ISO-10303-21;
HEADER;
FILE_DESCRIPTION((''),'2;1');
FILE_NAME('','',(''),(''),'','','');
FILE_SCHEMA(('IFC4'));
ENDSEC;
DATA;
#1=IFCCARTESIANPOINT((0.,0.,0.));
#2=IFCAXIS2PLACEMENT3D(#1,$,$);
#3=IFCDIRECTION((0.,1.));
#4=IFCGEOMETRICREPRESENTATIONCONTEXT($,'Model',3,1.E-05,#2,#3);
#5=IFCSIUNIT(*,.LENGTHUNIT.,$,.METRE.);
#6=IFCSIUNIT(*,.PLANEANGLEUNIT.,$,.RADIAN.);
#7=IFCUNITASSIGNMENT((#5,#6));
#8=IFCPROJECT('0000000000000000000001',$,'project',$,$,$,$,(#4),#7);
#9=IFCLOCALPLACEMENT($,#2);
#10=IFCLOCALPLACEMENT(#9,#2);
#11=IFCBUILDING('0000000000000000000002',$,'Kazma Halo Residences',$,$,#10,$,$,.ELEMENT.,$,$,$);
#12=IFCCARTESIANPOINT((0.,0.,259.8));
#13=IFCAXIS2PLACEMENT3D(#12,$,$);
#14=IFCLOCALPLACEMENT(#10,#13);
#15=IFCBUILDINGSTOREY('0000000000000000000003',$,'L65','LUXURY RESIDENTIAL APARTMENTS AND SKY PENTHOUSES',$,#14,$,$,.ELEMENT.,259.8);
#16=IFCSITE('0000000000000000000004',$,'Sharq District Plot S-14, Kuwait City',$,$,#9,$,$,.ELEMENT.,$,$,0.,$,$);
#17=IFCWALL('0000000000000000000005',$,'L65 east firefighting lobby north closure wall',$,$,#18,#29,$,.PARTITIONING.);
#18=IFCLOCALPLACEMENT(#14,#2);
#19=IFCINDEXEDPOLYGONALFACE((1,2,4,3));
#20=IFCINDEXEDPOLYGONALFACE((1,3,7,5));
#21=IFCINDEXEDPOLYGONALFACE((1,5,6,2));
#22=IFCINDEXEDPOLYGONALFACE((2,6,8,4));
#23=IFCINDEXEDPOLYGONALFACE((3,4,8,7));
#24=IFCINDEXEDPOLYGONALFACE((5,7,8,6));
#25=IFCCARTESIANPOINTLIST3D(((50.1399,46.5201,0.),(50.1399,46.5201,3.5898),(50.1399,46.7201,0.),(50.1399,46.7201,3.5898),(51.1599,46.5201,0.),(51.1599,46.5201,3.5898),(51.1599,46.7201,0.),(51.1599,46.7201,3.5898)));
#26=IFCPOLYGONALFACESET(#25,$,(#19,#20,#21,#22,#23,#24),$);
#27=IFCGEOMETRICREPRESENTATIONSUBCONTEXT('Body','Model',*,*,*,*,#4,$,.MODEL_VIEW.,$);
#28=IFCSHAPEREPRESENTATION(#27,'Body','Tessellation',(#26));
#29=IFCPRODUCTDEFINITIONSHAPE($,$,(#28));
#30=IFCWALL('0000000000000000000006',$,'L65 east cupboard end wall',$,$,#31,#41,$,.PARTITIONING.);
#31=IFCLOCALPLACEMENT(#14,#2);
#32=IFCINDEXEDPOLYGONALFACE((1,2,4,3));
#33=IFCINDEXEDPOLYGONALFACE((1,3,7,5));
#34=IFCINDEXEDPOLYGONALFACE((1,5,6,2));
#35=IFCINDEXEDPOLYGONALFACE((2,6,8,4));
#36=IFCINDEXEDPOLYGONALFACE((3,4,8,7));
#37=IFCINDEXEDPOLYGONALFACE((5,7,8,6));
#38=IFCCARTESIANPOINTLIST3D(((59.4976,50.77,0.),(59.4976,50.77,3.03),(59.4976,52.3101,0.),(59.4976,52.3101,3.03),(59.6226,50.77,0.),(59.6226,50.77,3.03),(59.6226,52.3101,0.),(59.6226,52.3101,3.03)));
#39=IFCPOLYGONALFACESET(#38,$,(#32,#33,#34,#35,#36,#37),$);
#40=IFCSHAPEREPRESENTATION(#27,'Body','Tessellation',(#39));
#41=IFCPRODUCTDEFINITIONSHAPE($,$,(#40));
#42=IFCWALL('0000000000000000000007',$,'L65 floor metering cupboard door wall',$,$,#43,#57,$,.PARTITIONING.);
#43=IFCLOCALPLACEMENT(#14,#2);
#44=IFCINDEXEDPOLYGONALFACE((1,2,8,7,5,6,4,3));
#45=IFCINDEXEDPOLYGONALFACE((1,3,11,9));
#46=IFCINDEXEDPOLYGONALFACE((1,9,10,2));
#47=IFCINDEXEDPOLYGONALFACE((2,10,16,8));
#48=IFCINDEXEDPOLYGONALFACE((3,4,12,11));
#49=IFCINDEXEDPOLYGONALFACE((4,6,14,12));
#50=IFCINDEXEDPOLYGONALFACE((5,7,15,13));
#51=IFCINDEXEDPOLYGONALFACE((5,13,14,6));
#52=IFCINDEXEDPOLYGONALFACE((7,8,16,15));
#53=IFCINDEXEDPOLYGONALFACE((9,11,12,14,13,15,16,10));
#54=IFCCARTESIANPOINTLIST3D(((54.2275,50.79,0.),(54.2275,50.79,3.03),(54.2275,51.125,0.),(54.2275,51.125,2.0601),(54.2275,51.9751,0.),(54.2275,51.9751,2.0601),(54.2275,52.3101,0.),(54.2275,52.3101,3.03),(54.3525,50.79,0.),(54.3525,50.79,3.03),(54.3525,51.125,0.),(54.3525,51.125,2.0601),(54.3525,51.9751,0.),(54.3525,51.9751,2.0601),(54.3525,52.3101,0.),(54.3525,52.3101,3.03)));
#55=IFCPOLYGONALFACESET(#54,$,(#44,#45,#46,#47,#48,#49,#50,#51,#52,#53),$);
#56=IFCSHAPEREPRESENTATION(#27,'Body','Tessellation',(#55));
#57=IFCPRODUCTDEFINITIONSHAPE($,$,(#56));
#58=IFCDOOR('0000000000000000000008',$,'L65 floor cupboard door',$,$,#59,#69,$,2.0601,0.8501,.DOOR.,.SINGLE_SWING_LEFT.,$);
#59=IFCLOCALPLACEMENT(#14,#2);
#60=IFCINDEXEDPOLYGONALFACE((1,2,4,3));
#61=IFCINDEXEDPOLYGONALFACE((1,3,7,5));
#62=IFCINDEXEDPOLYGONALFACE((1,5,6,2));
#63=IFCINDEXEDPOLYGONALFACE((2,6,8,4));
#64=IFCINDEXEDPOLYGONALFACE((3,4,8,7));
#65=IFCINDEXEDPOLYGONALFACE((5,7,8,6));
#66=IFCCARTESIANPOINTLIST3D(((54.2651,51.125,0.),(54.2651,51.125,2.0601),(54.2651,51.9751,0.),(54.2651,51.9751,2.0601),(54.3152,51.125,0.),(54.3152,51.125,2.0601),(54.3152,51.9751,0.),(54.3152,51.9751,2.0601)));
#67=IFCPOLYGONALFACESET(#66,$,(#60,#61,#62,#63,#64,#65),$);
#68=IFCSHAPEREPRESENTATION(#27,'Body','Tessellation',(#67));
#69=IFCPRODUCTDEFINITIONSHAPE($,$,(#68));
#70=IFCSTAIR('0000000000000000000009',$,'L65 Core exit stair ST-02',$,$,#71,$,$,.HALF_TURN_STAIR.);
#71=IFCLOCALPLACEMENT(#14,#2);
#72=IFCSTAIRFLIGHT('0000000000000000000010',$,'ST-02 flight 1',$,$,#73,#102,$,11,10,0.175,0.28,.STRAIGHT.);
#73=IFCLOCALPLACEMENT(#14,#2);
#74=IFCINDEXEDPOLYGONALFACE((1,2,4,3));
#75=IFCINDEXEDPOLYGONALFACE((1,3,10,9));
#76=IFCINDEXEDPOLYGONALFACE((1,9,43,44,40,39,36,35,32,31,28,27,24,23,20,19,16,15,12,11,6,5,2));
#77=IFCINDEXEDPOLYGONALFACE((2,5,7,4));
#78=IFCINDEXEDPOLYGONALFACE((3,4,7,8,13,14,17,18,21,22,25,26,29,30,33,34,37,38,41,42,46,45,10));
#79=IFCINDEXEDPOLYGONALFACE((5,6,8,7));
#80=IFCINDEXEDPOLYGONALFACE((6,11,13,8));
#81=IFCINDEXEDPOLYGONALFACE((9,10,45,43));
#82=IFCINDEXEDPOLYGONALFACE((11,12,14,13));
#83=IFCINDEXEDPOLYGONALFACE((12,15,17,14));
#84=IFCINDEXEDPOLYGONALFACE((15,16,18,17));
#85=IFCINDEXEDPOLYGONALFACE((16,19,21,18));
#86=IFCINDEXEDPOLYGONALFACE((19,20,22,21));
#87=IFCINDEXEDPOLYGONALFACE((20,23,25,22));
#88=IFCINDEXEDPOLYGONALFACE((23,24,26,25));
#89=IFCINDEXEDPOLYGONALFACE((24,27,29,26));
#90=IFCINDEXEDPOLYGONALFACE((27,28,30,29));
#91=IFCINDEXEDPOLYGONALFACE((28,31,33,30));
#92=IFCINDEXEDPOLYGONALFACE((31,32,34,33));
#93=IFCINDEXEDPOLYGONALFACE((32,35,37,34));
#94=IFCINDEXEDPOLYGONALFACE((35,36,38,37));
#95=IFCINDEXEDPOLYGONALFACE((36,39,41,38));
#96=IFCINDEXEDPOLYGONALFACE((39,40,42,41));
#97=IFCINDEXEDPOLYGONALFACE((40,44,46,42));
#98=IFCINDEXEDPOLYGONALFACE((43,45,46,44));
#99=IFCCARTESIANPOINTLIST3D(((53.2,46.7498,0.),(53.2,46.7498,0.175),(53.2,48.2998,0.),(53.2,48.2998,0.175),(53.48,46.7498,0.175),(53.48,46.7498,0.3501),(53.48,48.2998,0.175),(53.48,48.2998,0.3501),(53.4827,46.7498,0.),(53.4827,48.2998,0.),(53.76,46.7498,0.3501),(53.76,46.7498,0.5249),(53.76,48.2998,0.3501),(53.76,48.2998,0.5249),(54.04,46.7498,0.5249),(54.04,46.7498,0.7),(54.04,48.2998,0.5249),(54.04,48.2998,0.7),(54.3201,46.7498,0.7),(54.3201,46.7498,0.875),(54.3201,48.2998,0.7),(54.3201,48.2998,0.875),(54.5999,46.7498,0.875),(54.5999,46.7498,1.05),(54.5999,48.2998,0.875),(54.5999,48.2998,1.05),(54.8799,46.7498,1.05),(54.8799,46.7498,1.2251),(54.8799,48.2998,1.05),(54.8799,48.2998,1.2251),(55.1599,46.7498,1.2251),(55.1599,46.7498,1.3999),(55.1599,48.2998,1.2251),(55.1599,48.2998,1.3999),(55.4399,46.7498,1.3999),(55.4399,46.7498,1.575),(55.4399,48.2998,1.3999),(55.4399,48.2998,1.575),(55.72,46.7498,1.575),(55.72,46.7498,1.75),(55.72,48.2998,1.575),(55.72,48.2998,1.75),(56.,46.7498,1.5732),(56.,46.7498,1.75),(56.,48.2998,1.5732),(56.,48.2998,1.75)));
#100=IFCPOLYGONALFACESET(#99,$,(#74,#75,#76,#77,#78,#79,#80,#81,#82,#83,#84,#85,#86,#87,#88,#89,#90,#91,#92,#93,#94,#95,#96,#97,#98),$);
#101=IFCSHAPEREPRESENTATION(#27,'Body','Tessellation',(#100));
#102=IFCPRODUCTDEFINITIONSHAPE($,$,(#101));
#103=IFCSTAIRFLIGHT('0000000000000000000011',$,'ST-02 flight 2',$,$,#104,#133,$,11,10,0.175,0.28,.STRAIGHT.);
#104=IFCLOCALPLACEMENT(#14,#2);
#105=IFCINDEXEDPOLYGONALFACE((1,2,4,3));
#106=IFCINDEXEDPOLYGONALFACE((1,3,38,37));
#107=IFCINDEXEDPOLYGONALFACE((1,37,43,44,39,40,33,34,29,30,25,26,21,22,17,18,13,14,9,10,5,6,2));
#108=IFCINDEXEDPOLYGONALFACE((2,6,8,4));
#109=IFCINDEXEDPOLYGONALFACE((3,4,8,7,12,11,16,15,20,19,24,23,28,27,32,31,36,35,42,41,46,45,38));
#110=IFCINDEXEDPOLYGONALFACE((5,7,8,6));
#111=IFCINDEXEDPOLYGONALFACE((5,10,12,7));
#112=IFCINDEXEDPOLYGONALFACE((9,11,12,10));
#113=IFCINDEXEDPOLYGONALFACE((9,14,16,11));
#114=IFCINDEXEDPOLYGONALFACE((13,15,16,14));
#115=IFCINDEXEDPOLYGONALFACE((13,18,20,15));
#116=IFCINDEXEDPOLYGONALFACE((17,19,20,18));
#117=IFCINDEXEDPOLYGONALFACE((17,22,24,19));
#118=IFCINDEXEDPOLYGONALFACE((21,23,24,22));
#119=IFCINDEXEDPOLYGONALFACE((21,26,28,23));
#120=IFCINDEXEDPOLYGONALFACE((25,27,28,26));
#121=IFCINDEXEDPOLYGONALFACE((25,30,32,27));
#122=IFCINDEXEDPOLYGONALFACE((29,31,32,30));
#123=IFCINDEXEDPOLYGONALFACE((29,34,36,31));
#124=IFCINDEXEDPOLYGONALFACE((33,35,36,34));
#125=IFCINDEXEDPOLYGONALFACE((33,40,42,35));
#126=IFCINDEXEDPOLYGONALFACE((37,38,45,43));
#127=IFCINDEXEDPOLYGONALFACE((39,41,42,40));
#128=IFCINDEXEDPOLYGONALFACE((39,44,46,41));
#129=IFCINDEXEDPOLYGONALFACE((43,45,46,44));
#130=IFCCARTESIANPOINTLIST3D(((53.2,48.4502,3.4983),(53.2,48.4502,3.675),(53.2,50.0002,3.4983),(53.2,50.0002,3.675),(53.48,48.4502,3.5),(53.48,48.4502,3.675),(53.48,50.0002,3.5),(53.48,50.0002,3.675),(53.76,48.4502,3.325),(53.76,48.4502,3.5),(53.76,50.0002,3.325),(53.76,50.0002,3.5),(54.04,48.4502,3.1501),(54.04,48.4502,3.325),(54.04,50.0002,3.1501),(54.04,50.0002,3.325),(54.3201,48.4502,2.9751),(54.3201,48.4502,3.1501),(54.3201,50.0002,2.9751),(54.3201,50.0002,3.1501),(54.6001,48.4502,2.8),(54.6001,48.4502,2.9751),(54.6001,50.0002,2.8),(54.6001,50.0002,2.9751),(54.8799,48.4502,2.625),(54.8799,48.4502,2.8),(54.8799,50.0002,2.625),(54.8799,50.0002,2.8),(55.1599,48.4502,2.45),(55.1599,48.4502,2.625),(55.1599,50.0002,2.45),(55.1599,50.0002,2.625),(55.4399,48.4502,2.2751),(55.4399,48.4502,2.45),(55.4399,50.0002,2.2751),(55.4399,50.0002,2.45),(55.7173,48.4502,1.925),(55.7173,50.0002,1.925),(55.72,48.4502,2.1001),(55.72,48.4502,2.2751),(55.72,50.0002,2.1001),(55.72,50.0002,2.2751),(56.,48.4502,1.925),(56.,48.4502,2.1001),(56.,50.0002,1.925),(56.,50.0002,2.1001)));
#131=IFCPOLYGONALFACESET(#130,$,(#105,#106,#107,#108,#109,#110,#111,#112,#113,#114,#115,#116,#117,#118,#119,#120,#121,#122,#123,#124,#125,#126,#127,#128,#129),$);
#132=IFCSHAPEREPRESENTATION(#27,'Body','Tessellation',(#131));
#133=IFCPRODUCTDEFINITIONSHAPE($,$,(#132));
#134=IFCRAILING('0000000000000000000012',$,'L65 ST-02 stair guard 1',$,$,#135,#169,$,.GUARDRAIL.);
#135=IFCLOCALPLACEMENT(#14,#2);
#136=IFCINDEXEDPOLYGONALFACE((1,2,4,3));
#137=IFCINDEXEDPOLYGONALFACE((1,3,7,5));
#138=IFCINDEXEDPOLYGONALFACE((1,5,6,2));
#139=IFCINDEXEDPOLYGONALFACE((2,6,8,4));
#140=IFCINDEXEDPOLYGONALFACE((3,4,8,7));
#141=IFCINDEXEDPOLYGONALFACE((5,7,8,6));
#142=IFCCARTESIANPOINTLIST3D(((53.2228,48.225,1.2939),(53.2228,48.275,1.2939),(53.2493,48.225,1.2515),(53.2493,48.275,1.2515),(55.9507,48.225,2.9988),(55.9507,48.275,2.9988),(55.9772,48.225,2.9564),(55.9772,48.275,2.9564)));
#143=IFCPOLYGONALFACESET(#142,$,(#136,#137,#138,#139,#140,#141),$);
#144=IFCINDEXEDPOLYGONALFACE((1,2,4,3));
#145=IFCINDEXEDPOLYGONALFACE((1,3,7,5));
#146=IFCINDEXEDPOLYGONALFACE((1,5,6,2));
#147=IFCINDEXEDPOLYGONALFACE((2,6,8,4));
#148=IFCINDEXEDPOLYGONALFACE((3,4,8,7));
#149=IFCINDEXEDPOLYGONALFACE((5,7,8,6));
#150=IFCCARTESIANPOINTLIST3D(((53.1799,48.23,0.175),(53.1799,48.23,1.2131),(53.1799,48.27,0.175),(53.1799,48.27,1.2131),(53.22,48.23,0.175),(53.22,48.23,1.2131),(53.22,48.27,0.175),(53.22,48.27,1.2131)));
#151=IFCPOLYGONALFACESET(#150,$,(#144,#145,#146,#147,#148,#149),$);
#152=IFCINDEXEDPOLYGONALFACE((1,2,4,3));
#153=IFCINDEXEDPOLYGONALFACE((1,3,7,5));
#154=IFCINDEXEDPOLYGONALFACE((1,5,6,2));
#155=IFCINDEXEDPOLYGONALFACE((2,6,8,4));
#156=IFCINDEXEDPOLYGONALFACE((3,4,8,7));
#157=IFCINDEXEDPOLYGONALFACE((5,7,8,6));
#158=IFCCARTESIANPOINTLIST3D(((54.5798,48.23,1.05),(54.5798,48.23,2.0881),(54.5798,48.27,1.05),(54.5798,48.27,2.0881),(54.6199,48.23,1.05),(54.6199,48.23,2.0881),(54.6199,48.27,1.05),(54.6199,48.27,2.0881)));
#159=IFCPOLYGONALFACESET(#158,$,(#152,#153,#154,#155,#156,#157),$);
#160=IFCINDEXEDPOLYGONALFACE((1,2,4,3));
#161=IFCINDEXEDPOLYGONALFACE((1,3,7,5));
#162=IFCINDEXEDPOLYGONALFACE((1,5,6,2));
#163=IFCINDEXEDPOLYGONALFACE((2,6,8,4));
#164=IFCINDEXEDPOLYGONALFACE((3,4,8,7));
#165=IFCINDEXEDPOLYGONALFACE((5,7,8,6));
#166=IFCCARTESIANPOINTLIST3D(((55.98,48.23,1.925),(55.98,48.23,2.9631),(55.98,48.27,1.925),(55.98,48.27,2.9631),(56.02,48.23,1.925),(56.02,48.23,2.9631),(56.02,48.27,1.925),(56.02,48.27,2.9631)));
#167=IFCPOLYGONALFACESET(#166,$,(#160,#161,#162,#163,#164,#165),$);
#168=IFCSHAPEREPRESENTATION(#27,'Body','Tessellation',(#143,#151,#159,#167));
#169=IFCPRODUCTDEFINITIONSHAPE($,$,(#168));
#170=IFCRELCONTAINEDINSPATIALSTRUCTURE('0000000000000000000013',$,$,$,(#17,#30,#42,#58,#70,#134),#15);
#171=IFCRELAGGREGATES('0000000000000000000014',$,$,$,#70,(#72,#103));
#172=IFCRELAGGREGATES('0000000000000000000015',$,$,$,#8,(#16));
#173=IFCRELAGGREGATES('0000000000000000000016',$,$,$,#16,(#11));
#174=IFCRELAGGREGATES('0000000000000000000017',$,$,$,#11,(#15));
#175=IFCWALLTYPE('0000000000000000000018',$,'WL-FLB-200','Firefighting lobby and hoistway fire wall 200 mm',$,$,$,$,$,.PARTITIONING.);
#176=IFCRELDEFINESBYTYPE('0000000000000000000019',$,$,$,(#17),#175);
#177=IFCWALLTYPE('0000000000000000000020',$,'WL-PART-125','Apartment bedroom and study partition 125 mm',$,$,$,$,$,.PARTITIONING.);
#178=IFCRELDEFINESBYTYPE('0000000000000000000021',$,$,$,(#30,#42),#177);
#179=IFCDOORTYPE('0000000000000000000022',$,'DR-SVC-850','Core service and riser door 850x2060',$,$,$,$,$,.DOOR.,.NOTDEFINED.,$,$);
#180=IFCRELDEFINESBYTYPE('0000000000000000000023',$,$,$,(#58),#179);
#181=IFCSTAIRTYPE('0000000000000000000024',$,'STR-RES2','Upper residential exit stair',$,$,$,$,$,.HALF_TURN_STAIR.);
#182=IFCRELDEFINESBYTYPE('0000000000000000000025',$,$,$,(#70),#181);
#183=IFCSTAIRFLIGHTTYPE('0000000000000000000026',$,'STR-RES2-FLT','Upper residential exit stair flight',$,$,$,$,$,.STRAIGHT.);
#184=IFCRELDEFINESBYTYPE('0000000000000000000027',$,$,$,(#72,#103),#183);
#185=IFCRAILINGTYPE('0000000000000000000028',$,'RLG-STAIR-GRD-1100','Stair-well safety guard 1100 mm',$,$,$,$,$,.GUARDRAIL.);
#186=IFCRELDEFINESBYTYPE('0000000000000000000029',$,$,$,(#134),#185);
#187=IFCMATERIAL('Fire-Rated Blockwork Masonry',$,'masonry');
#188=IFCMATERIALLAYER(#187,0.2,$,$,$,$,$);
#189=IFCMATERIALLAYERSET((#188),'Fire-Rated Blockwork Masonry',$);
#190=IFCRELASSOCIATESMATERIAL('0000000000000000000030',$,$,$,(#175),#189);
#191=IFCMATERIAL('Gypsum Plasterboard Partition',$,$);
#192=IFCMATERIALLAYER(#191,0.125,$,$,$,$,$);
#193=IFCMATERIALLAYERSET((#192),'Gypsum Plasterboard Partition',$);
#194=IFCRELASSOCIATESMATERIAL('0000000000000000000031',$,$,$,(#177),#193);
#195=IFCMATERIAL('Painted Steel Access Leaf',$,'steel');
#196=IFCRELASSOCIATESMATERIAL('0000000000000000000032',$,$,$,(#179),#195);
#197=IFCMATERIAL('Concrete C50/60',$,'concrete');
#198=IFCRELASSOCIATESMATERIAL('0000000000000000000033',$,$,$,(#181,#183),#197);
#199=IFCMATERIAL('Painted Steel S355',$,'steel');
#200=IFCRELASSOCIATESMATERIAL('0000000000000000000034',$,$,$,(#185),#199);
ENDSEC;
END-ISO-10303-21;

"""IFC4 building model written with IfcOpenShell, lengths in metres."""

from ifc_helpers import new_model, si_unit, direction, frame, frame_2d, origin, origin_2d, place, context, subcontext, project, spatial, polyline, rectangle, outline, extrude, material, layer, layer_set, type_object, element, fill, aggregate, save


model = new_model("IFC4")

# Units and contexts
model_context = context("Model", 3, precision=1e-05, world=origin(), true_north=direction((0.0, 1.0)))
body_context = subcontext(model_context, "Body", "Model", "MODEL_VIEW")
ifc_project = project(units=[si_unit("LENGTHUNIT", "METRE"), si_unit("PLANEANGLEUNIT", "RADIAN")], contexts=[model_context])

# Site, building, storey
site_placement = place(None, origin())
site = spatial("IfcSite", under=ifc_project, at=site_placement, Name="Sharq District Plot S-14, Kuwait City", CompositionType="ELEMENT", RefElevation=0.0)
building_placement = place(site_placement, origin())
building = spatial("IfcBuilding", under=site, at=building_placement, Name="Kazma Halo Residences", CompositionType="ELEMENT")
storey_placement = place(building_placement, frame((0.0, 0.0, 259.8)))
storey = spatial("IfcBuildingStorey", under=building, at=storey_placement, Name="L65", Description="LUXURY RESIDENTIAL APARTMENTS AND SKY PENTHOUSES", CompositionType="ELEMENT", Elevation=259.8)

# Shared definitions
ifc_material_1 = material(Name="Fire-Rated Blockwork Masonry", Category="masonry")
ifc_layer_1 = layer(ifc_material_1, 0.2)
ifc_layer_set_1 = layer_set([ifc_layer_1], Name="Fire-Rated Blockwork Masonry")
wall_type_1 = type_object("IfcWallType", Name="WL-FLB-200", Description="Firefighting lobby and hoistway fire wall 200 mm", PredefinedType="PARTITIONING", material=ifc_layer_set_1)

# Walls
wall_1_placement = place(storey_placement, frame((50.1399, 46.6201, 0.0), z_axis=(0.0, 0.0, 1.0), x_axis=(1.0, 0.0, 0.0)))
element("IfcWall", 1, at=wall_1_placement, inside=storey, type_object=wall_type_1, Name="L65 east firefighting lobby north closure wall", PredefinedType="PARTITIONING", context=body_context, shape_type="SweptSolid", body=[
    extrude(rectangle(XDim=1.02, YDim=0.2, at=frame_2d((0.51, 0.0))), origin(), (0.0, 0.0, 1.0), 3.5898),
])
ifc_material_2 = material(Name="Gypsum Plasterboard Partition")
ifc_layer_2 = layer(ifc_material_2, 0.125)
ifc_layer_set_2 = layer_set([ifc_layer_2], Name="Gypsum Plasterboard Partition")
wall_type_2 = type_object("IfcWallType", Name="WL-PART-125", Description="Apartment bedroom and study partition 125 mm", PredefinedType="PARTITIONING", material=ifc_layer_set_2)
wall_2_placement = place(storey_placement, frame((59.5601, 50.77, 0.0), z_axis=(0.0, 0.0, 1.0), x_axis=(0.0, 1.0, 0.0)))
element("IfcWall", 2, at=wall_2_placement, inside=storey, type_object=wall_type_2, Name="L65 east cupboard end wall", PredefinedType="PARTITIONING", context=body_context, shape_type="SweptSolid", body=[
    extrude(rectangle(XDim=1.54, YDim=0.125, at=frame_2d((0.77, 0.0))), origin(), (0.0, 0.0, 1.0), 3.03),
])

# Wall, opening, door
wall_3_placement = place(storey_placement, frame((54.29, 50.79, 0.0), z_axis=(0.0, 0.0, 1.0), x_axis=(0.0, 1.0, 0.0)))
wall_3 = element("IfcWall", 3, at=wall_3_placement, inside=storey, type_object=wall_type_2, Name="L65 floor metering cupboard door wall", PredefinedType="PARTITIONING", context=body_context, shape_type="SweptSolid", body=[
    extrude(rectangle(XDim=1.52, YDim=0.125, at=frame_2d((0.76, 0.0))), origin(), (0.0, 0.0, 1.0), 3.03),
])
opening_1_placement = place(wall_3_placement, frame((0.335, 0.0, 0.0)))
opening_1 = element("IfcOpeningElement", 4, at=opening_1_placement, cuts=wall_3, PredefinedType="OPENING", context=body_context, shape_type="SweptSolid", body=[
    extrude(rectangle(XDim=0.8501, YDim=2.0601, at=frame_2d((0.425, 1.03))), frame((0.0, 0.0725, 0.0), z_axis=(0.0, -1.0, 0.0), x_axis=(1.0, 0.0, 0.0)), (0.0, 0.0, 1.0), 0.145),
])
ifc_material_3 = material(Name="Painted Steel Access Leaf", Category="steel")
door_type_1 = type_object("IfcDoorType", Name="DR-SVC-850", Description="Core service and riser door 850x2060", OperationType="NOTDEFINED", PredefinedType="DOOR", material=ifc_material_3)
door_1_placement = place(opening_1_placement, origin())
door_1 = element("IfcDoor", 5, at=door_1_placement, inside=storey, type_object=door_type_1, Name="L65 floor cupboard door", OperationType="SINGLE_SWING_LEFT", OverallHeight=2.0601, OverallWidth=0.8501, PredefinedType="DOOR", context=body_context, shape_type="SweptSolid", body=[
    extrude(rectangle(XDim=0.8501, YDim=2.0601, at=frame_2d((0.425, 1.03))), frame((0.0, 0.0249, 0.0), z_axis=(0.0, -1.0, 0.0), x_axis=(1.0, 0.0, 0.0)), (0.0, 0.0, 1.0), 0.05),
])
fill(opening_1, door_1)
ifc_material_4 = material(Name="Concrete C50/60", Category="concrete")

# Stair, stair flights
stair_type = type_object("IfcStairType", Name="STR-RES2", Description="Upper residential exit stair", PredefinedType="HALF_TURN_STAIR", material=ifc_material_4)
stair_placement = place(storey_placement, origin())
stair = element("IfcStair", 6, at=stair_placement, inside=storey, type_object=stair_type, Name="L65 Core exit stair ST-02", PredefinedType="HALF_TURN_STAIR")
stair_flight_type = type_object("IfcStairFlightType", Name="STR-RES2-FLT", Description="Upper residential exit stair flight", PredefinedType="STRAIGHT", material=ifc_material_4)
stair_flight_1_placement = place(storey_placement, frame((53.2, 47.5249, 0.0), z_axis=(0.0, 0.0, 1.0), x_axis=(1.0, 0.0, 0.0)))
stair_flight_1 = element("IfcStairFlight", 7, at=stair_flight_1_placement, type_object=stair_flight_type, Name="ST-02 flight 1", NumberOfRisers=11, NumberOfTreads=10, PredefinedType="STRAIGHT", RiserHeight=0.175, TreadLength=0.28, context=body_context, shape_type="SweptSolid", body=[
    extrude(outline(polyline([(0.0, 0.0), (0.0, 0.175), (0.28, 0.175), (0.28, 0.3501), (0.5601, 0.3501), (0.5601, 0.5249), (0.8401, 0.5249), (0.8401, 0.7), (1.1201, 0.7), (1.1201, 0.875), (1.3999, 0.875), (1.3999, 1.05), (1.6799, 1.05), (1.6799, 1.2251), (1.96, 1.2251), (1.96, 1.3999), (2.24, 1.3999), (2.24, 1.575), (2.52, 1.575), (2.52, 1.75), (2.8, 1.75), (2.8, 1.925), (2.8, 1.5732), (0.2827, 0.0), (0.0, 0.0)])), frame((0.0, 0.7749, 0.0), z_axis=(0.0, -1.0, 0.0), x_axis=(1.0, 0.0, 0.0)), (0.0, 0.0, 1.0), 1.55),
])
stair_flight_2_placement = place(storey_placement, frame((56.0, 49.2251, 1.925), z_axis=(0.0, 0.0, 1.0), x_axis=(-1.0, 0.0, 0.0)))
stair_flight_2 = element("IfcStairFlight", 8, at=stair_flight_2_placement, type_object=stair_flight_type, Name="ST-02 flight 2", NumberOfRisers=11, NumberOfTreads=10, PredefinedType="STRAIGHT", RiserHeight=0.175, TreadLength=0.28, context=body_context, shape_type="SweptSolid", body=[
    extrude(outline(polyline([(0.0, 0.0), (0.0, 0.175), (0.28, 0.175), (0.28, 0.3501), (0.5601, 0.3501), (0.5601, 0.5249), (0.8401, 0.5249), (0.8401, 0.7), (1.1201, 0.7), (1.1201, 0.875), (1.3999, 0.875), (1.3999, 1.05), (1.6799, 1.05), (1.6799, 1.2251), (1.96, 1.2251), (1.96, 1.3999), (2.24, 1.3999), (2.24, 1.575), (2.52, 1.575), (2.52, 1.75), (2.8, 1.75), (2.8, 1.925), (2.8, 1.5732), (0.2827, 0.0), (0.0, 0.0)])), frame((0.0, 0.7749, 0.0), z_axis=(0.0, -1.0, 0.0), x_axis=(1.0, 0.0, 0.0)), (0.0, 0.0, 1.0), 1.55),
])
aggregate(stair, [stair_flight_1, stair_flight_2])

# Railing
ifc_material_5 = material(Name="Painted Steel S355", Category="steel")
railing_type_1 = type_object("IfcRailingType", Name="RLG-STAIR-GRD-1100", Description="Stair-well safety guard 1100 mm", PredefinedType="GUARDRAIL", material=ifc_material_5)
railing_1_placement = place(storey_placement, frame((53.2, 48.25, 0.175)))
element("IfcRailing", 9, at=railing_1_placement, inside=storey, type_object=railing_type_1, Name="L65 ST-02 stair guard 1", PredefinedType="GUARDRAIL", context=body_context, shape_type="SweptSolid", body=[
    extrude(rectangle(XDim=0.05, YDim=0.05, at=origin_2d()), frame((0.0361, 0.0, 1.0977), z_axis=(0.848002, 0.0, 0.529992), x_axis=(0.0, 1.0, 0.0)), (0.0, 0.0, 1.0), 3.2168),
    extrude(rectangle(XDim=0.04, YDim=0.04, at=origin_2d()), origin(), (0.0, 0.0, 1.0), 1.0381),
    extrude(rectangle(XDim=0.04, YDim=0.04, at=origin_2d()), frame((1.3999, 0.0, 0.875)), (0.0, 0.0, 1.0), 1.0381),
    extrude(rectangle(XDim=0.04, YDim=0.04, at=origin_2d()), frame((2.8, 0.0, 1.75)), (0.0, 0.0, 1.0), 1.0381),
])

save(model, "model.ifc")
